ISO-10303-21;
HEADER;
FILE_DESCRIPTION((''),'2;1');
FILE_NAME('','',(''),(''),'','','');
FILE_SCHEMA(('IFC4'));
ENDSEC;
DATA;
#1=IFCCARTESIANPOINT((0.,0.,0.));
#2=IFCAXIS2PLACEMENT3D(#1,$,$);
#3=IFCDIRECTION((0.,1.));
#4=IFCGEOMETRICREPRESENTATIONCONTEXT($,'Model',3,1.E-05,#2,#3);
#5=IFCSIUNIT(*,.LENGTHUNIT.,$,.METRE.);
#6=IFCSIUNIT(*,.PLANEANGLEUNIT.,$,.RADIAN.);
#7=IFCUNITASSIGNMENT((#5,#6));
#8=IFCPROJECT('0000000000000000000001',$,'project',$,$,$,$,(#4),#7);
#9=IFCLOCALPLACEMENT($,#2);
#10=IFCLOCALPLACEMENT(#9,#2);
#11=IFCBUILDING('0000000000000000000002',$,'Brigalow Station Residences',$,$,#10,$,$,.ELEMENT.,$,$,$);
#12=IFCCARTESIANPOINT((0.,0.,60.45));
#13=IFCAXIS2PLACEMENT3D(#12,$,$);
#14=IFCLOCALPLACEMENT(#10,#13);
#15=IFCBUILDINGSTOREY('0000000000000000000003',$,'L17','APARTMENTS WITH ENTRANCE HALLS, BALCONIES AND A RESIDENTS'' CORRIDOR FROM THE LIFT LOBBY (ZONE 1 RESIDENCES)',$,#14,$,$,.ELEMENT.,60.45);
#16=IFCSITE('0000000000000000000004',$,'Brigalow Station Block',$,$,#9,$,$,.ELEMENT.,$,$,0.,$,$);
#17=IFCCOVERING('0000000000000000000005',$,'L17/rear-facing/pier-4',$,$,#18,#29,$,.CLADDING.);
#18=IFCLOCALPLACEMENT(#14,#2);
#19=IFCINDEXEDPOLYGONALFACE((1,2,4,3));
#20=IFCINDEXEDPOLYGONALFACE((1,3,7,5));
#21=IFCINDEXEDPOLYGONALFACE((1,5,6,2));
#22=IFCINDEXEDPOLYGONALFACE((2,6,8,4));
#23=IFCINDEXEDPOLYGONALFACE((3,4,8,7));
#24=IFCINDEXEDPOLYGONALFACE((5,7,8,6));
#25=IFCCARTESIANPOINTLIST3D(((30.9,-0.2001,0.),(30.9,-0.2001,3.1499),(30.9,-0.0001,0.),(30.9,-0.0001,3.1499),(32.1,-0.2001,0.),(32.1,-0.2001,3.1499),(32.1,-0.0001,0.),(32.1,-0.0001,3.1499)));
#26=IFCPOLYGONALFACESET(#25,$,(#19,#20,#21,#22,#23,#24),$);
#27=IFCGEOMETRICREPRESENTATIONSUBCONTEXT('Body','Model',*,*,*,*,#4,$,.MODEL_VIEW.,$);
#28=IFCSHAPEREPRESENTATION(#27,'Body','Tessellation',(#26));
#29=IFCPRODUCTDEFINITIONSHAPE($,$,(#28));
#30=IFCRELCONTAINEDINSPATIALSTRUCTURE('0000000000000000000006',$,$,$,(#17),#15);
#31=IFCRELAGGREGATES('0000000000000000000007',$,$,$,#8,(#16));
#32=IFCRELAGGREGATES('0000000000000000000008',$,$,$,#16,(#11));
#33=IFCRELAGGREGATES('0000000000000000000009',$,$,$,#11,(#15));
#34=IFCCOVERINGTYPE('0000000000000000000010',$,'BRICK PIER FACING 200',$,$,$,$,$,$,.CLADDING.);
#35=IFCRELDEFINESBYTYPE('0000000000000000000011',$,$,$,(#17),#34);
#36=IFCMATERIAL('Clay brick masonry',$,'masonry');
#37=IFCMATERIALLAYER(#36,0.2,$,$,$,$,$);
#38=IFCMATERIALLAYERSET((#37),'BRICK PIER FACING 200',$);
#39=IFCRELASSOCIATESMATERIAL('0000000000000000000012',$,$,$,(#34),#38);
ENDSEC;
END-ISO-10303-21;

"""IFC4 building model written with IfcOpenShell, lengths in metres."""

from ifc_helpers import new_model, si_unit, direction, frame, origin, origin_2d, place, context, subcontext, project, spatial, rectangle, extrude, material, layer, layer_set, type_object, element, save


model = new_model("IFC4")

# Units and contexts
model_context = context("Model", 3, precision=1e-05, world=origin(), true_north=direction((0.0, 1.0)))
body_context = subcontext(model_context, "Body", "Model", "MODEL_VIEW")
ifc_project = project(units=[si_unit("LENGTHUNIT", "METRE"), si_unit("PLANEANGLEUNIT", "RADIAN")], contexts=[model_context])

# Site, building, storey
site_placement = place(None, origin())
site = spatial("IfcSite", under=ifc_project, at=site_placement, Name="Brigalow Station Block", CompositionType="ELEMENT", RefElevation=0.0)
building_placement = place(site_placement, origin())
building = spatial("IfcBuilding", under=site, at=building_placement, Name="Brigalow Station Residences", CompositionType="ELEMENT")
storey_placement = place(building_placement, frame((0.0, 0.0, 60.45)))
storey = spatial("IfcBuildingStorey", under=building, at=storey_placement, Name="L17", Description="APARTMENTS WITH ENTRANCE HALLS, BALCONIES AND A RESIDENTS' CORRIDOR FROM THE LIFT LOBBY (ZONE 1 RESIDENCES)", CompositionType="ELEMENT", Elevation=60.45)

# Covering
ifc_material_1 = material(Name="Clay brick masonry", Category="masonry")
ifc_layer_1 = layer(ifc_material_1, 0.2)
ifc_layer_set_1 = layer_set([ifc_layer_1], Name="BRICK PIER FACING 200")
covering_type_1 = type_object("IfcCoveringType", Name="BRICK PIER FACING 200", PredefinedType="CLADDING", material=ifc_layer_set_1)
for number, where, z_axis, x_axis, name in (
    (1, (31.5, -0.1001, 0.0), (0.0, 0.0, 1.0), (1.0, 0.0, 0.0), "L17/rear-facing/pier-4"),
):
    element("IfcCovering", number, at=place(storey_placement, frame(where, z_axis=z_axis, x_axis=x_axis)), inside=storey, type_object=covering_type_1, Name=name, PredefinedType="CLADDING", context=body_context, shape_type="SweptSolid", body=[
        extrude(rectangle(XDim=1.2, YDim=0.2, at=origin_2d()), origin(), (0.0, 0.0, 1.0), 3.1499),
    ])

save(model, "model.ifc")
